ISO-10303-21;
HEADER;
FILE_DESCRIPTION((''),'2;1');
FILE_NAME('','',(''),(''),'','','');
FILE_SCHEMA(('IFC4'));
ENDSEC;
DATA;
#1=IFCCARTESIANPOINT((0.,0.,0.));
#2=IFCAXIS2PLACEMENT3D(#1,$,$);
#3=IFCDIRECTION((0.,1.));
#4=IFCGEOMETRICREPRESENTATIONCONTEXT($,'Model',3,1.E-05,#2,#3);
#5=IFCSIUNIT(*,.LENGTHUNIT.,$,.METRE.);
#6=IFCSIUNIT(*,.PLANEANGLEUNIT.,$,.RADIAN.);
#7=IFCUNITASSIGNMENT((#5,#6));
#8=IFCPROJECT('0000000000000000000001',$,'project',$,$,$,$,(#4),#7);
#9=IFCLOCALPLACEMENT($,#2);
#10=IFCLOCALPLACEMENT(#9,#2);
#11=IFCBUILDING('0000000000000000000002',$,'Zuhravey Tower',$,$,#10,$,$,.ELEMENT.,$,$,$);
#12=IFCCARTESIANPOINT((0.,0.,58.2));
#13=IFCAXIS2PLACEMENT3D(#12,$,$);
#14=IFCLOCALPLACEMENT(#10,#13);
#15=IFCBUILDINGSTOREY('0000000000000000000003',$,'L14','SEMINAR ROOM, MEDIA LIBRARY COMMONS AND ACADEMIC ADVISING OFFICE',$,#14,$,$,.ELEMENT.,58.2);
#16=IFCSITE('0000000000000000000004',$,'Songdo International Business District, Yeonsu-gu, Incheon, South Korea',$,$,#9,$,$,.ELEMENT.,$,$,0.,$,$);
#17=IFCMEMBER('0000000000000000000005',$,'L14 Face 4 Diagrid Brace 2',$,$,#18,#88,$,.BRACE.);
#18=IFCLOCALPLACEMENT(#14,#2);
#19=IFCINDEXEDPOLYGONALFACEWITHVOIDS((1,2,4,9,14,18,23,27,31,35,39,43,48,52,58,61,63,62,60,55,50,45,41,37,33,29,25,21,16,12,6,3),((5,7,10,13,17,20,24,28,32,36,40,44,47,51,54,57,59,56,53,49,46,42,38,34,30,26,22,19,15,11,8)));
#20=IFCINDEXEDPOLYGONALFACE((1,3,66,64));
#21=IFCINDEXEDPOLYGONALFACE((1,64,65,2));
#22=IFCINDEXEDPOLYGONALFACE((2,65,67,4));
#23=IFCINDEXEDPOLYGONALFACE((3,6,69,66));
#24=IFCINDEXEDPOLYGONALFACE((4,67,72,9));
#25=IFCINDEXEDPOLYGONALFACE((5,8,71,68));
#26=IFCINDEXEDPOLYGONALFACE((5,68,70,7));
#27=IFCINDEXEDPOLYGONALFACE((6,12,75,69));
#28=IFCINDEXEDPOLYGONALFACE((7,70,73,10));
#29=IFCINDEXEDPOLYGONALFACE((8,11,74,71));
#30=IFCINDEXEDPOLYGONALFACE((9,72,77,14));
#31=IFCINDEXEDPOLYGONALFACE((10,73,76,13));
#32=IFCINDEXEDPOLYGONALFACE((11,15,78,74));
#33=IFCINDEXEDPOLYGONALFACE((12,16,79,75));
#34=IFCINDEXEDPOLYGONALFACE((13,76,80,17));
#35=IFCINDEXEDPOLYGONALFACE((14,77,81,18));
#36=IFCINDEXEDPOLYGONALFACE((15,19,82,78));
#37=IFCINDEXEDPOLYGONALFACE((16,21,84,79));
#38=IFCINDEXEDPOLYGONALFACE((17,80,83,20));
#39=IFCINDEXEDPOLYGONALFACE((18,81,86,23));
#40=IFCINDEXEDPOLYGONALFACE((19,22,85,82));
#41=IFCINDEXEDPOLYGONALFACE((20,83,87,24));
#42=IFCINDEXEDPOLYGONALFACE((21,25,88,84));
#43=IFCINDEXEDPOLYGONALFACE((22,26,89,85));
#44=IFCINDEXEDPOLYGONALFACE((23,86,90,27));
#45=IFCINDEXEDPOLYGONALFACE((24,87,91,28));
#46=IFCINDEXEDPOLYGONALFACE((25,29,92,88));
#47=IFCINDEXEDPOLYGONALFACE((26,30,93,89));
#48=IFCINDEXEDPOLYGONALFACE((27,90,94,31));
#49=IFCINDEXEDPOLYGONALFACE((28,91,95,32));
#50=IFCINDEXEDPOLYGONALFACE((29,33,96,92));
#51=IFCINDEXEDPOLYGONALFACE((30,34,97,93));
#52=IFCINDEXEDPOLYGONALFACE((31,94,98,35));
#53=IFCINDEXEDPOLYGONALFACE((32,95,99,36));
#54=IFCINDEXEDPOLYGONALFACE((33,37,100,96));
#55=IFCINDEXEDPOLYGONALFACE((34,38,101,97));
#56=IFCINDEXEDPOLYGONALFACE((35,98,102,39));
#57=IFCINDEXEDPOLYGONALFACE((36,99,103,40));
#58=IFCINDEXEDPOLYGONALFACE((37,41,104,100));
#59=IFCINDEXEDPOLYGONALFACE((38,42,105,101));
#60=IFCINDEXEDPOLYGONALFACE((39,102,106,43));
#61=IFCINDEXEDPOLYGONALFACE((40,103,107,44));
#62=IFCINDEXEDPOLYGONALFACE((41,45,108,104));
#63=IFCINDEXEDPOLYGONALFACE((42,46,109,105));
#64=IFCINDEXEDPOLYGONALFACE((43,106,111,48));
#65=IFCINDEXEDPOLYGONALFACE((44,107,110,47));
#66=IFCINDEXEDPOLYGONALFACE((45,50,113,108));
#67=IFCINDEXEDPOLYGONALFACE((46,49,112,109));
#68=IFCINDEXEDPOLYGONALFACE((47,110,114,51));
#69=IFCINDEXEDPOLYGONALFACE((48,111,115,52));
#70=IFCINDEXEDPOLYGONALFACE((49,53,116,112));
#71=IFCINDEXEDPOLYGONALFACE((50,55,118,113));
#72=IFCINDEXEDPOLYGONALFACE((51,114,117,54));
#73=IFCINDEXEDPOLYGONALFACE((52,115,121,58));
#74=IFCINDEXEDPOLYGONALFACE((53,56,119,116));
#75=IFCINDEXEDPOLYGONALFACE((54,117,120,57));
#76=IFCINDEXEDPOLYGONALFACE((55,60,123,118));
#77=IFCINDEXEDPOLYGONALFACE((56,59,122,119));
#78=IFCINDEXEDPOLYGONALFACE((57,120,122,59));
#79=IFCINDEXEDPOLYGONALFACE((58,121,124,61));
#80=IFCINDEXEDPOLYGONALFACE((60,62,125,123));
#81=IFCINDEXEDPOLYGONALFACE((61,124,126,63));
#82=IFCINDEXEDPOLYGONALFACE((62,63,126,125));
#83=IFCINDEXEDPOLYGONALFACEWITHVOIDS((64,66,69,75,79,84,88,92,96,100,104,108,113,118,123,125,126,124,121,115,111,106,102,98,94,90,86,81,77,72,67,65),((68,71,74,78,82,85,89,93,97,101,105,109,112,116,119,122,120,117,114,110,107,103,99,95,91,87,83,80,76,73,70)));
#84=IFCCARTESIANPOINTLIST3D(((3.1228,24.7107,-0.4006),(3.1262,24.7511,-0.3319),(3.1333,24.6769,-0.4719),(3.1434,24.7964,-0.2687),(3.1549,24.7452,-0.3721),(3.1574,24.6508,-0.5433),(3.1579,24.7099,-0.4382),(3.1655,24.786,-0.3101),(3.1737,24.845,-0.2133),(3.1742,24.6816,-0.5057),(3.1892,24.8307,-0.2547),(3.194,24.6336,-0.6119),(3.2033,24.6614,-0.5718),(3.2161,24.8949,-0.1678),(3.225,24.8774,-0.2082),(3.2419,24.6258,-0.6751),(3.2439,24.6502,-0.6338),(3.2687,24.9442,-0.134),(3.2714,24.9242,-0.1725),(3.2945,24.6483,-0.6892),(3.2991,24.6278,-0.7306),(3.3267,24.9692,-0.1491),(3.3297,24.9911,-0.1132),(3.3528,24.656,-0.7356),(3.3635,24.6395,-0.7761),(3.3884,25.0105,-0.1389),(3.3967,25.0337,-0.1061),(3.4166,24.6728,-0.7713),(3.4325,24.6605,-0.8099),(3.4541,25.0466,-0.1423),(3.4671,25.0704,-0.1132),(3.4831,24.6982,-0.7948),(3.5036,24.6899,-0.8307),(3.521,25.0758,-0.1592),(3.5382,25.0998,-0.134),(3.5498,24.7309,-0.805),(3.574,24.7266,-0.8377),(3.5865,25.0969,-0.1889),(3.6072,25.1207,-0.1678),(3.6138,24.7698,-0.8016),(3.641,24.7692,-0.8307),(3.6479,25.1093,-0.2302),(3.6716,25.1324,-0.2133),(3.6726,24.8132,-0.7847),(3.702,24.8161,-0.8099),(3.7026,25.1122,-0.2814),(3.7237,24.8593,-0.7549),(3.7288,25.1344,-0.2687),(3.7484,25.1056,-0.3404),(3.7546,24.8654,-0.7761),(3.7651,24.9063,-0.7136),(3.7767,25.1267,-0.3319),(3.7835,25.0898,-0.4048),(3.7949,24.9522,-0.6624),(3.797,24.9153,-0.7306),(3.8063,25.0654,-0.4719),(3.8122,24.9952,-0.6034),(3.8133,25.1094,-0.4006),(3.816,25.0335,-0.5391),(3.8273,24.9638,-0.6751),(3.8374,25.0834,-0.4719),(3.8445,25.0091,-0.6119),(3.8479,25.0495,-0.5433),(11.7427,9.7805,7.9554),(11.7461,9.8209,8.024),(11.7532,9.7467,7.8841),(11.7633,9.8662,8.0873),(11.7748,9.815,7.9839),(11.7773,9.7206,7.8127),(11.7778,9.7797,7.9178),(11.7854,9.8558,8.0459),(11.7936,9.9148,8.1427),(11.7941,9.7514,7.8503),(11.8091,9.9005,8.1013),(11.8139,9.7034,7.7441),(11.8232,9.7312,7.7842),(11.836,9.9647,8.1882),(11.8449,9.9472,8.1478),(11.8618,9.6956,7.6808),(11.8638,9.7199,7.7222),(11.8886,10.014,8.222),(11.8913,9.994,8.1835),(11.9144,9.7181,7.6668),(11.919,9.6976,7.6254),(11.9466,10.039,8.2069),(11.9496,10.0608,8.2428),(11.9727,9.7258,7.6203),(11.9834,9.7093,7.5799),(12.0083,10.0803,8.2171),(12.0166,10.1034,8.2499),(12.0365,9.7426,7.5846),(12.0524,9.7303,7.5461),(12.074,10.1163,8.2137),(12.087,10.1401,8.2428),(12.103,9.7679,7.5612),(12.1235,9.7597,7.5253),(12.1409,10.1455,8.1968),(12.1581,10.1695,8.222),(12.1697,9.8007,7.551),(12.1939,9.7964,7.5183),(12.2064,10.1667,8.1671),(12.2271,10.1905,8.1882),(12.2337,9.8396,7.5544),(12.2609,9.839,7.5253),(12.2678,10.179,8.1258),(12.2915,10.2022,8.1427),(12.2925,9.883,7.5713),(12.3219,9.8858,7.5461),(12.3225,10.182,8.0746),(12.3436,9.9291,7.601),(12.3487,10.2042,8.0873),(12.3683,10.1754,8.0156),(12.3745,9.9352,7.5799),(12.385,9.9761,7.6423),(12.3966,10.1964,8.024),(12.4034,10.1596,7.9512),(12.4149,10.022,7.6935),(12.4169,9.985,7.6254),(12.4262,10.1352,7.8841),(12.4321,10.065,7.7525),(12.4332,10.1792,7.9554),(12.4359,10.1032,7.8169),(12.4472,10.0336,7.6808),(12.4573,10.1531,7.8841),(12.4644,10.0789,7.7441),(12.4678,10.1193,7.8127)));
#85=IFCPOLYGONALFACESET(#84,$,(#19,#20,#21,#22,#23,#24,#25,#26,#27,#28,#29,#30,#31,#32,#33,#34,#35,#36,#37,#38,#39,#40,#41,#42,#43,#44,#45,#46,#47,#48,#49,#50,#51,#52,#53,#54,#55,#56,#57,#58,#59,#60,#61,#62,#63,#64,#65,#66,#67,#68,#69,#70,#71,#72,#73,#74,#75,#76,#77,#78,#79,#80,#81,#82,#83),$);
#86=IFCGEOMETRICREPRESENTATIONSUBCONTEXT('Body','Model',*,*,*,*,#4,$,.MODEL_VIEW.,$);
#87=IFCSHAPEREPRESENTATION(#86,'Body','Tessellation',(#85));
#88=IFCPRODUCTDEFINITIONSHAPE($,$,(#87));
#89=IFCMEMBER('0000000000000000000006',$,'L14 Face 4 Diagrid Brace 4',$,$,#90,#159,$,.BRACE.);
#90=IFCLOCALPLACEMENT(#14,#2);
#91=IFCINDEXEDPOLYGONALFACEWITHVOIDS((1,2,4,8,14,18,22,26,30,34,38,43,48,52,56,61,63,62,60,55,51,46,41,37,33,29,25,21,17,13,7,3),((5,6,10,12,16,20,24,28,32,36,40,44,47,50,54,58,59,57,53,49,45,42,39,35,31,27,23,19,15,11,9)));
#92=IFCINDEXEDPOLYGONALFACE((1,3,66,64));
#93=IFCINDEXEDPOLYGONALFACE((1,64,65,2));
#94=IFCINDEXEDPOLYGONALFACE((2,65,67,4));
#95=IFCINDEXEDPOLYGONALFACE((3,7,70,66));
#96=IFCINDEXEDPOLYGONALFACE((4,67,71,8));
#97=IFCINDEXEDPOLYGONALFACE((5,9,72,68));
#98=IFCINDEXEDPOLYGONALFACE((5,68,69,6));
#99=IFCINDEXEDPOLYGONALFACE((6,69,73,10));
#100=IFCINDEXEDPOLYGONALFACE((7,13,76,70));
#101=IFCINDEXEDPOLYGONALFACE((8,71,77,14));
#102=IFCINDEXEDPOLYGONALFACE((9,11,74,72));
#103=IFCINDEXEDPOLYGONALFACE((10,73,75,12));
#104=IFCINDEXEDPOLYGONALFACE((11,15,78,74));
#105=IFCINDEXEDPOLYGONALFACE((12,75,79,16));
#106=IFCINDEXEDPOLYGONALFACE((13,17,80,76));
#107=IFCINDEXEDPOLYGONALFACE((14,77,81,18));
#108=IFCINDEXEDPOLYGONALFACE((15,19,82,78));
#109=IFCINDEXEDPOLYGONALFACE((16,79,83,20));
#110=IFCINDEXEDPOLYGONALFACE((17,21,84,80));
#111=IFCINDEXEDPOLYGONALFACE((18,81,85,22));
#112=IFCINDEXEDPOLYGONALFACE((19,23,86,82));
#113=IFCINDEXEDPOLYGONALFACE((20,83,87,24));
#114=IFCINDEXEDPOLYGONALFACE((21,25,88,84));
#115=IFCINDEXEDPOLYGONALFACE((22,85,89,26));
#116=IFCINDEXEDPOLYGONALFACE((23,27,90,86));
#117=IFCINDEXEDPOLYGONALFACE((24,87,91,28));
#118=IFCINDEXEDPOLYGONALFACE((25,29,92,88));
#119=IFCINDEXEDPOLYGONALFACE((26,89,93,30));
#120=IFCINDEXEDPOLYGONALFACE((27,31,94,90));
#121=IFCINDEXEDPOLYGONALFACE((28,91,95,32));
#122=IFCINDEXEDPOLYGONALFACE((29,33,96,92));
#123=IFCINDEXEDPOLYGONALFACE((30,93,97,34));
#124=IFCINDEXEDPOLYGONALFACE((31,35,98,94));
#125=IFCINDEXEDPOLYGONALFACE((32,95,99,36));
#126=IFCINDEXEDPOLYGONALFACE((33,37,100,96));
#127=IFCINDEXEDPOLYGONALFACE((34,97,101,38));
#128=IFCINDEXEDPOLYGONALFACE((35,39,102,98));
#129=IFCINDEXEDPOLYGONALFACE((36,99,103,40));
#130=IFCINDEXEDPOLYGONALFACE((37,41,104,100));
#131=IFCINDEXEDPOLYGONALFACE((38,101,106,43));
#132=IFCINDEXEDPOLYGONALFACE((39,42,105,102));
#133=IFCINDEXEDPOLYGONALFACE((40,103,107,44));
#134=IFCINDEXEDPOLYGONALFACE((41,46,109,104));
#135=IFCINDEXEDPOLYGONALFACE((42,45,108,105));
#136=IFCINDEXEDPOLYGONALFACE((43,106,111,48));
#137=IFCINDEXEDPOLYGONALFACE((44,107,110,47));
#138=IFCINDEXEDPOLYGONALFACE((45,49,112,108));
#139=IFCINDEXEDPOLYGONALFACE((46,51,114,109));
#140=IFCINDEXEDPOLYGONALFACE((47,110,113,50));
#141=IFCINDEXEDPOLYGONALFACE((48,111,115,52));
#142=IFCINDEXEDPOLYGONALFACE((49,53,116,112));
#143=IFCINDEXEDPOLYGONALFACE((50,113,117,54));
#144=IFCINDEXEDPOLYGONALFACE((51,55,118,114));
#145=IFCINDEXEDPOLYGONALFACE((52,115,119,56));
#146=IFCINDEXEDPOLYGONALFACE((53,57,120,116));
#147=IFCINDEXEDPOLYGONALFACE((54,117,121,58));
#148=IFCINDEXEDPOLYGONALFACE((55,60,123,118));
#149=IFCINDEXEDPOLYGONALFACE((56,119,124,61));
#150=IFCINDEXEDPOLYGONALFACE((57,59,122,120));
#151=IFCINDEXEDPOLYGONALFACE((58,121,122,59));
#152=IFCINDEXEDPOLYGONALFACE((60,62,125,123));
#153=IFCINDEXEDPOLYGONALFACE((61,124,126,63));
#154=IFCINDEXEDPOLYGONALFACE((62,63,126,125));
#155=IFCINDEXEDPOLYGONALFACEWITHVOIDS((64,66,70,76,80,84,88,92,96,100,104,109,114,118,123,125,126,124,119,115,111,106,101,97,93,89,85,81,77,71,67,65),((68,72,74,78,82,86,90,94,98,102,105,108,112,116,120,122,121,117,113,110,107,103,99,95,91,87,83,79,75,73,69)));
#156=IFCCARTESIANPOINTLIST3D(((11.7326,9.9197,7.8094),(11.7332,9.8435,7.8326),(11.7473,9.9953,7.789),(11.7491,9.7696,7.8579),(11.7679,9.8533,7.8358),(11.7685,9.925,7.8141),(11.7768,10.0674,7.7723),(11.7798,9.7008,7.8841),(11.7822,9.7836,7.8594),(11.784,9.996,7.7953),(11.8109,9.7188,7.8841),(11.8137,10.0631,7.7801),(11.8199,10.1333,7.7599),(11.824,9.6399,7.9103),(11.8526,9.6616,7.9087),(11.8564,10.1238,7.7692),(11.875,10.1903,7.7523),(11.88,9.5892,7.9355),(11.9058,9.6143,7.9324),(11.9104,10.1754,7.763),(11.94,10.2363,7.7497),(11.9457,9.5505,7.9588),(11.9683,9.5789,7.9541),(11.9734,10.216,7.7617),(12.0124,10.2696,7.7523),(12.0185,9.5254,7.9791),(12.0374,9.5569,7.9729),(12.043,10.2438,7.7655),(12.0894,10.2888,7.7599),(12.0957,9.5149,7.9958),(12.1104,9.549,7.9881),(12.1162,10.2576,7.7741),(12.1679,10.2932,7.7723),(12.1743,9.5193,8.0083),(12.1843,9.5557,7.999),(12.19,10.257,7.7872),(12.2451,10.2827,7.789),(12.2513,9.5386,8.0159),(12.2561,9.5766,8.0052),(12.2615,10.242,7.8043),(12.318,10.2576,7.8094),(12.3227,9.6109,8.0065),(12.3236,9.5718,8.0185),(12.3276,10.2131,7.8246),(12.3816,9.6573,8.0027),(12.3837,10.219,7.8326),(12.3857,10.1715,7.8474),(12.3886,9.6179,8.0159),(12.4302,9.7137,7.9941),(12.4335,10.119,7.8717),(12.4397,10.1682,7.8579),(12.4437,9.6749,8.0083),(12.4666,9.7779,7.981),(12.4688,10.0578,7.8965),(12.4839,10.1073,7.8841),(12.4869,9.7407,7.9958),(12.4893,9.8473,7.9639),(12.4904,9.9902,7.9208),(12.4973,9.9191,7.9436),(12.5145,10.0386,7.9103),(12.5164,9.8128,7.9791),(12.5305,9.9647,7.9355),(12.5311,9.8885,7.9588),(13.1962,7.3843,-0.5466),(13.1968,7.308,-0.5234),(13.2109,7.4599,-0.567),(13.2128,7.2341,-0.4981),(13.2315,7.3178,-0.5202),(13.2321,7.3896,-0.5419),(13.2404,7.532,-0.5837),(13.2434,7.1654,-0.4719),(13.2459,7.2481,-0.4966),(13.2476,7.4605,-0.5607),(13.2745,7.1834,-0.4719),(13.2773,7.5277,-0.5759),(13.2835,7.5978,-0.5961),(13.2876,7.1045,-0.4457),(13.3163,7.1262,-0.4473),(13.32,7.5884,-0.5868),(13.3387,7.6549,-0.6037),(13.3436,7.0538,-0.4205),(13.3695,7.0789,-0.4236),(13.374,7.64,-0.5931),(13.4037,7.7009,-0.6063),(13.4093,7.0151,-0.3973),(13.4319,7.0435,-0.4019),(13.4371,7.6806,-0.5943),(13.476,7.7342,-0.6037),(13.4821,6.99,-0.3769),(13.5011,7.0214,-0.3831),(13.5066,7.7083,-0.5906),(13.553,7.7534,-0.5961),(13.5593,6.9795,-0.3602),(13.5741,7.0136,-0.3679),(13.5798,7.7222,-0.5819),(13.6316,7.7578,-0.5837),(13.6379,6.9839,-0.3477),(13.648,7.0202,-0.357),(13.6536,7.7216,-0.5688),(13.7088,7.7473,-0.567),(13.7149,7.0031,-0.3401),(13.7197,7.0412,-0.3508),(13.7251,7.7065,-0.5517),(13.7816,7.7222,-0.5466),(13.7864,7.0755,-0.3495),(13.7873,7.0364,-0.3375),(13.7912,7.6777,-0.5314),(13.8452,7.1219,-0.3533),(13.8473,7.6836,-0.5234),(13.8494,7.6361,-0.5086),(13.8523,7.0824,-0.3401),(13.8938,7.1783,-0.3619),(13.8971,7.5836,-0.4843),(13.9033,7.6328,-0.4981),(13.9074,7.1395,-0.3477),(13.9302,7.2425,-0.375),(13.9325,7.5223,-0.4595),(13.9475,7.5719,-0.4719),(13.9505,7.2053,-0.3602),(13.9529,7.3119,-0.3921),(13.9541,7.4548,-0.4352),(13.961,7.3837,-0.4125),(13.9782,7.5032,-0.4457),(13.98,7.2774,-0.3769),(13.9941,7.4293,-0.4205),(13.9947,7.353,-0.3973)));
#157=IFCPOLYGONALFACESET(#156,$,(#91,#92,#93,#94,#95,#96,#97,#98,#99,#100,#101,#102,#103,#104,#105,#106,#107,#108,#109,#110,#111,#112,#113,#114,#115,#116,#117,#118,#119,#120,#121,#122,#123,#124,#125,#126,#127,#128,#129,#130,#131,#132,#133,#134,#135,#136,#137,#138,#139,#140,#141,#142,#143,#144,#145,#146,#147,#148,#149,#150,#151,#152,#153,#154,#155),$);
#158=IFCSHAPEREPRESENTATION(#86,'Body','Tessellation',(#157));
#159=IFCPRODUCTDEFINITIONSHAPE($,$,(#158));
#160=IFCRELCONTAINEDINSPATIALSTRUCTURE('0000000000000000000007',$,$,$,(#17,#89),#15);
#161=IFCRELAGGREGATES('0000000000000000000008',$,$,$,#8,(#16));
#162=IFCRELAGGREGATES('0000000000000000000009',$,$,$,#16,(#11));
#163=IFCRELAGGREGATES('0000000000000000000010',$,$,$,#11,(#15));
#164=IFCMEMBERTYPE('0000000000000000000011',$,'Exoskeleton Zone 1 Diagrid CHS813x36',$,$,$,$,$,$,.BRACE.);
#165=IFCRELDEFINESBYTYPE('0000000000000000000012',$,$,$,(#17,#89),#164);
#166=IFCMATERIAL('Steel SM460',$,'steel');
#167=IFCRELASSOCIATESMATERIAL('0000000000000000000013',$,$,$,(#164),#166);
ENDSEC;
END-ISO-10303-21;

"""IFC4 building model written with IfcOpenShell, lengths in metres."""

from ifc_helpers import new_model, si_unit, direction, frame, origin, origin_2d, place, context, subcontext, project, spatial, hollow_circle, extrude, material, material_profile, profile_set, type_object, element, save


model = new_model("IFC4")

# Units and contexts
model_context = context("Model", 3, precision=1e-05, world=origin(), true_north=direction((0.0, 1.0)))
body_context = subcontext(model_context, "Body", "Model", "MODEL_VIEW")
ifc_project = project(units=[si_unit("LENGTHUNIT", "METRE"), si_unit("PLANEANGLEUNIT", "RADIAN")], contexts=[model_context])

# Site, building, storey
site_placement = place(None, origin())
site = spatial("IfcSite", under=ifc_project, at=site_placement, Name="Songdo International Business District, Yeonsu-gu, Incheon, South Korea", CompositionType="ELEMENT", RefElevation=0.0)
building_placement = place(site_placement, origin())
building = spatial("IfcBuilding", under=site, at=building_placement, Name="Zuhravey Tower", CompositionType="ELEMENT")
storey_placement = place(building_placement, frame((0.0, 0.0, 58.2)))
storey = spatial("IfcBuildingStorey", under=building, at=storey_placement, Name="L14", Description="SEMINAR ROOM, MEDIA LIBRARY COMMONS AND ACADEMIC ADVISING OFFICE", CompositionType="ELEMENT", Elevation=58.2)

# Members
ifc_material_1 = material(Name="Steel SM460", Category="steel")
ifc_material_profile_1 = material_profile(ifc_material_1, hollow_circle(Radius=0.4065, WallThickness=0.0359, at=origin_2d()), Name="CHS-812.8x36")
ifc_profile_set_1 = profile_set([ifc_material_profile_1], Name="Steel SM460")
member_type_1 = type_object("IfcMemberType", Name="Exoskeleton Zone 1 Diagrid CHS813x36", PredefinedType="BRACE", material=ifc_profile_set_1)
member_1_placement = place(storey_placement, frame((3.4854, 24.8801, -0.4719), z_axis=(0.449933, -0.779312, 0.436157), x_axis=(0.866027, 0.499997, 0.0)))
element("IfcMember", 1, at=member_1_placement, inside=storey, type_object=member_type_1, Name="L14 Face 4 Diagrid Brace 2", PredefinedType="BRACE", context=body_context, shape_type="SweptSolid", body=[
    extrude(hollow_circle(Radius=0.4065, WallThickness=0.0359, at=origin_2d()), origin(), (0.0, 0.0, 1.0), 19.1582),
])
member_2_placement = place(storey_placement, frame((13.5955, 7.3687, -0.4719), z_axis=(-0.165307, 0.286358, 0.943755), x_axis=(-0.866054, -0.499951, 0.0)))
element("IfcMember", 2, at=member_2_placement, inside=storey, type_object=member_type_1, Name="L14 Face 4 Diagrid Brace 4", PredefinedType="BRACE", context=body_context, shape_type="SweptSolid", body=[
    extrude(hollow_circle(Radius=0.4065, WallThickness=0.0359, at=origin_2d()), origin(), (0.0, 0.0, 1.0), 8.854),
])

save(model, "model.ifc")
